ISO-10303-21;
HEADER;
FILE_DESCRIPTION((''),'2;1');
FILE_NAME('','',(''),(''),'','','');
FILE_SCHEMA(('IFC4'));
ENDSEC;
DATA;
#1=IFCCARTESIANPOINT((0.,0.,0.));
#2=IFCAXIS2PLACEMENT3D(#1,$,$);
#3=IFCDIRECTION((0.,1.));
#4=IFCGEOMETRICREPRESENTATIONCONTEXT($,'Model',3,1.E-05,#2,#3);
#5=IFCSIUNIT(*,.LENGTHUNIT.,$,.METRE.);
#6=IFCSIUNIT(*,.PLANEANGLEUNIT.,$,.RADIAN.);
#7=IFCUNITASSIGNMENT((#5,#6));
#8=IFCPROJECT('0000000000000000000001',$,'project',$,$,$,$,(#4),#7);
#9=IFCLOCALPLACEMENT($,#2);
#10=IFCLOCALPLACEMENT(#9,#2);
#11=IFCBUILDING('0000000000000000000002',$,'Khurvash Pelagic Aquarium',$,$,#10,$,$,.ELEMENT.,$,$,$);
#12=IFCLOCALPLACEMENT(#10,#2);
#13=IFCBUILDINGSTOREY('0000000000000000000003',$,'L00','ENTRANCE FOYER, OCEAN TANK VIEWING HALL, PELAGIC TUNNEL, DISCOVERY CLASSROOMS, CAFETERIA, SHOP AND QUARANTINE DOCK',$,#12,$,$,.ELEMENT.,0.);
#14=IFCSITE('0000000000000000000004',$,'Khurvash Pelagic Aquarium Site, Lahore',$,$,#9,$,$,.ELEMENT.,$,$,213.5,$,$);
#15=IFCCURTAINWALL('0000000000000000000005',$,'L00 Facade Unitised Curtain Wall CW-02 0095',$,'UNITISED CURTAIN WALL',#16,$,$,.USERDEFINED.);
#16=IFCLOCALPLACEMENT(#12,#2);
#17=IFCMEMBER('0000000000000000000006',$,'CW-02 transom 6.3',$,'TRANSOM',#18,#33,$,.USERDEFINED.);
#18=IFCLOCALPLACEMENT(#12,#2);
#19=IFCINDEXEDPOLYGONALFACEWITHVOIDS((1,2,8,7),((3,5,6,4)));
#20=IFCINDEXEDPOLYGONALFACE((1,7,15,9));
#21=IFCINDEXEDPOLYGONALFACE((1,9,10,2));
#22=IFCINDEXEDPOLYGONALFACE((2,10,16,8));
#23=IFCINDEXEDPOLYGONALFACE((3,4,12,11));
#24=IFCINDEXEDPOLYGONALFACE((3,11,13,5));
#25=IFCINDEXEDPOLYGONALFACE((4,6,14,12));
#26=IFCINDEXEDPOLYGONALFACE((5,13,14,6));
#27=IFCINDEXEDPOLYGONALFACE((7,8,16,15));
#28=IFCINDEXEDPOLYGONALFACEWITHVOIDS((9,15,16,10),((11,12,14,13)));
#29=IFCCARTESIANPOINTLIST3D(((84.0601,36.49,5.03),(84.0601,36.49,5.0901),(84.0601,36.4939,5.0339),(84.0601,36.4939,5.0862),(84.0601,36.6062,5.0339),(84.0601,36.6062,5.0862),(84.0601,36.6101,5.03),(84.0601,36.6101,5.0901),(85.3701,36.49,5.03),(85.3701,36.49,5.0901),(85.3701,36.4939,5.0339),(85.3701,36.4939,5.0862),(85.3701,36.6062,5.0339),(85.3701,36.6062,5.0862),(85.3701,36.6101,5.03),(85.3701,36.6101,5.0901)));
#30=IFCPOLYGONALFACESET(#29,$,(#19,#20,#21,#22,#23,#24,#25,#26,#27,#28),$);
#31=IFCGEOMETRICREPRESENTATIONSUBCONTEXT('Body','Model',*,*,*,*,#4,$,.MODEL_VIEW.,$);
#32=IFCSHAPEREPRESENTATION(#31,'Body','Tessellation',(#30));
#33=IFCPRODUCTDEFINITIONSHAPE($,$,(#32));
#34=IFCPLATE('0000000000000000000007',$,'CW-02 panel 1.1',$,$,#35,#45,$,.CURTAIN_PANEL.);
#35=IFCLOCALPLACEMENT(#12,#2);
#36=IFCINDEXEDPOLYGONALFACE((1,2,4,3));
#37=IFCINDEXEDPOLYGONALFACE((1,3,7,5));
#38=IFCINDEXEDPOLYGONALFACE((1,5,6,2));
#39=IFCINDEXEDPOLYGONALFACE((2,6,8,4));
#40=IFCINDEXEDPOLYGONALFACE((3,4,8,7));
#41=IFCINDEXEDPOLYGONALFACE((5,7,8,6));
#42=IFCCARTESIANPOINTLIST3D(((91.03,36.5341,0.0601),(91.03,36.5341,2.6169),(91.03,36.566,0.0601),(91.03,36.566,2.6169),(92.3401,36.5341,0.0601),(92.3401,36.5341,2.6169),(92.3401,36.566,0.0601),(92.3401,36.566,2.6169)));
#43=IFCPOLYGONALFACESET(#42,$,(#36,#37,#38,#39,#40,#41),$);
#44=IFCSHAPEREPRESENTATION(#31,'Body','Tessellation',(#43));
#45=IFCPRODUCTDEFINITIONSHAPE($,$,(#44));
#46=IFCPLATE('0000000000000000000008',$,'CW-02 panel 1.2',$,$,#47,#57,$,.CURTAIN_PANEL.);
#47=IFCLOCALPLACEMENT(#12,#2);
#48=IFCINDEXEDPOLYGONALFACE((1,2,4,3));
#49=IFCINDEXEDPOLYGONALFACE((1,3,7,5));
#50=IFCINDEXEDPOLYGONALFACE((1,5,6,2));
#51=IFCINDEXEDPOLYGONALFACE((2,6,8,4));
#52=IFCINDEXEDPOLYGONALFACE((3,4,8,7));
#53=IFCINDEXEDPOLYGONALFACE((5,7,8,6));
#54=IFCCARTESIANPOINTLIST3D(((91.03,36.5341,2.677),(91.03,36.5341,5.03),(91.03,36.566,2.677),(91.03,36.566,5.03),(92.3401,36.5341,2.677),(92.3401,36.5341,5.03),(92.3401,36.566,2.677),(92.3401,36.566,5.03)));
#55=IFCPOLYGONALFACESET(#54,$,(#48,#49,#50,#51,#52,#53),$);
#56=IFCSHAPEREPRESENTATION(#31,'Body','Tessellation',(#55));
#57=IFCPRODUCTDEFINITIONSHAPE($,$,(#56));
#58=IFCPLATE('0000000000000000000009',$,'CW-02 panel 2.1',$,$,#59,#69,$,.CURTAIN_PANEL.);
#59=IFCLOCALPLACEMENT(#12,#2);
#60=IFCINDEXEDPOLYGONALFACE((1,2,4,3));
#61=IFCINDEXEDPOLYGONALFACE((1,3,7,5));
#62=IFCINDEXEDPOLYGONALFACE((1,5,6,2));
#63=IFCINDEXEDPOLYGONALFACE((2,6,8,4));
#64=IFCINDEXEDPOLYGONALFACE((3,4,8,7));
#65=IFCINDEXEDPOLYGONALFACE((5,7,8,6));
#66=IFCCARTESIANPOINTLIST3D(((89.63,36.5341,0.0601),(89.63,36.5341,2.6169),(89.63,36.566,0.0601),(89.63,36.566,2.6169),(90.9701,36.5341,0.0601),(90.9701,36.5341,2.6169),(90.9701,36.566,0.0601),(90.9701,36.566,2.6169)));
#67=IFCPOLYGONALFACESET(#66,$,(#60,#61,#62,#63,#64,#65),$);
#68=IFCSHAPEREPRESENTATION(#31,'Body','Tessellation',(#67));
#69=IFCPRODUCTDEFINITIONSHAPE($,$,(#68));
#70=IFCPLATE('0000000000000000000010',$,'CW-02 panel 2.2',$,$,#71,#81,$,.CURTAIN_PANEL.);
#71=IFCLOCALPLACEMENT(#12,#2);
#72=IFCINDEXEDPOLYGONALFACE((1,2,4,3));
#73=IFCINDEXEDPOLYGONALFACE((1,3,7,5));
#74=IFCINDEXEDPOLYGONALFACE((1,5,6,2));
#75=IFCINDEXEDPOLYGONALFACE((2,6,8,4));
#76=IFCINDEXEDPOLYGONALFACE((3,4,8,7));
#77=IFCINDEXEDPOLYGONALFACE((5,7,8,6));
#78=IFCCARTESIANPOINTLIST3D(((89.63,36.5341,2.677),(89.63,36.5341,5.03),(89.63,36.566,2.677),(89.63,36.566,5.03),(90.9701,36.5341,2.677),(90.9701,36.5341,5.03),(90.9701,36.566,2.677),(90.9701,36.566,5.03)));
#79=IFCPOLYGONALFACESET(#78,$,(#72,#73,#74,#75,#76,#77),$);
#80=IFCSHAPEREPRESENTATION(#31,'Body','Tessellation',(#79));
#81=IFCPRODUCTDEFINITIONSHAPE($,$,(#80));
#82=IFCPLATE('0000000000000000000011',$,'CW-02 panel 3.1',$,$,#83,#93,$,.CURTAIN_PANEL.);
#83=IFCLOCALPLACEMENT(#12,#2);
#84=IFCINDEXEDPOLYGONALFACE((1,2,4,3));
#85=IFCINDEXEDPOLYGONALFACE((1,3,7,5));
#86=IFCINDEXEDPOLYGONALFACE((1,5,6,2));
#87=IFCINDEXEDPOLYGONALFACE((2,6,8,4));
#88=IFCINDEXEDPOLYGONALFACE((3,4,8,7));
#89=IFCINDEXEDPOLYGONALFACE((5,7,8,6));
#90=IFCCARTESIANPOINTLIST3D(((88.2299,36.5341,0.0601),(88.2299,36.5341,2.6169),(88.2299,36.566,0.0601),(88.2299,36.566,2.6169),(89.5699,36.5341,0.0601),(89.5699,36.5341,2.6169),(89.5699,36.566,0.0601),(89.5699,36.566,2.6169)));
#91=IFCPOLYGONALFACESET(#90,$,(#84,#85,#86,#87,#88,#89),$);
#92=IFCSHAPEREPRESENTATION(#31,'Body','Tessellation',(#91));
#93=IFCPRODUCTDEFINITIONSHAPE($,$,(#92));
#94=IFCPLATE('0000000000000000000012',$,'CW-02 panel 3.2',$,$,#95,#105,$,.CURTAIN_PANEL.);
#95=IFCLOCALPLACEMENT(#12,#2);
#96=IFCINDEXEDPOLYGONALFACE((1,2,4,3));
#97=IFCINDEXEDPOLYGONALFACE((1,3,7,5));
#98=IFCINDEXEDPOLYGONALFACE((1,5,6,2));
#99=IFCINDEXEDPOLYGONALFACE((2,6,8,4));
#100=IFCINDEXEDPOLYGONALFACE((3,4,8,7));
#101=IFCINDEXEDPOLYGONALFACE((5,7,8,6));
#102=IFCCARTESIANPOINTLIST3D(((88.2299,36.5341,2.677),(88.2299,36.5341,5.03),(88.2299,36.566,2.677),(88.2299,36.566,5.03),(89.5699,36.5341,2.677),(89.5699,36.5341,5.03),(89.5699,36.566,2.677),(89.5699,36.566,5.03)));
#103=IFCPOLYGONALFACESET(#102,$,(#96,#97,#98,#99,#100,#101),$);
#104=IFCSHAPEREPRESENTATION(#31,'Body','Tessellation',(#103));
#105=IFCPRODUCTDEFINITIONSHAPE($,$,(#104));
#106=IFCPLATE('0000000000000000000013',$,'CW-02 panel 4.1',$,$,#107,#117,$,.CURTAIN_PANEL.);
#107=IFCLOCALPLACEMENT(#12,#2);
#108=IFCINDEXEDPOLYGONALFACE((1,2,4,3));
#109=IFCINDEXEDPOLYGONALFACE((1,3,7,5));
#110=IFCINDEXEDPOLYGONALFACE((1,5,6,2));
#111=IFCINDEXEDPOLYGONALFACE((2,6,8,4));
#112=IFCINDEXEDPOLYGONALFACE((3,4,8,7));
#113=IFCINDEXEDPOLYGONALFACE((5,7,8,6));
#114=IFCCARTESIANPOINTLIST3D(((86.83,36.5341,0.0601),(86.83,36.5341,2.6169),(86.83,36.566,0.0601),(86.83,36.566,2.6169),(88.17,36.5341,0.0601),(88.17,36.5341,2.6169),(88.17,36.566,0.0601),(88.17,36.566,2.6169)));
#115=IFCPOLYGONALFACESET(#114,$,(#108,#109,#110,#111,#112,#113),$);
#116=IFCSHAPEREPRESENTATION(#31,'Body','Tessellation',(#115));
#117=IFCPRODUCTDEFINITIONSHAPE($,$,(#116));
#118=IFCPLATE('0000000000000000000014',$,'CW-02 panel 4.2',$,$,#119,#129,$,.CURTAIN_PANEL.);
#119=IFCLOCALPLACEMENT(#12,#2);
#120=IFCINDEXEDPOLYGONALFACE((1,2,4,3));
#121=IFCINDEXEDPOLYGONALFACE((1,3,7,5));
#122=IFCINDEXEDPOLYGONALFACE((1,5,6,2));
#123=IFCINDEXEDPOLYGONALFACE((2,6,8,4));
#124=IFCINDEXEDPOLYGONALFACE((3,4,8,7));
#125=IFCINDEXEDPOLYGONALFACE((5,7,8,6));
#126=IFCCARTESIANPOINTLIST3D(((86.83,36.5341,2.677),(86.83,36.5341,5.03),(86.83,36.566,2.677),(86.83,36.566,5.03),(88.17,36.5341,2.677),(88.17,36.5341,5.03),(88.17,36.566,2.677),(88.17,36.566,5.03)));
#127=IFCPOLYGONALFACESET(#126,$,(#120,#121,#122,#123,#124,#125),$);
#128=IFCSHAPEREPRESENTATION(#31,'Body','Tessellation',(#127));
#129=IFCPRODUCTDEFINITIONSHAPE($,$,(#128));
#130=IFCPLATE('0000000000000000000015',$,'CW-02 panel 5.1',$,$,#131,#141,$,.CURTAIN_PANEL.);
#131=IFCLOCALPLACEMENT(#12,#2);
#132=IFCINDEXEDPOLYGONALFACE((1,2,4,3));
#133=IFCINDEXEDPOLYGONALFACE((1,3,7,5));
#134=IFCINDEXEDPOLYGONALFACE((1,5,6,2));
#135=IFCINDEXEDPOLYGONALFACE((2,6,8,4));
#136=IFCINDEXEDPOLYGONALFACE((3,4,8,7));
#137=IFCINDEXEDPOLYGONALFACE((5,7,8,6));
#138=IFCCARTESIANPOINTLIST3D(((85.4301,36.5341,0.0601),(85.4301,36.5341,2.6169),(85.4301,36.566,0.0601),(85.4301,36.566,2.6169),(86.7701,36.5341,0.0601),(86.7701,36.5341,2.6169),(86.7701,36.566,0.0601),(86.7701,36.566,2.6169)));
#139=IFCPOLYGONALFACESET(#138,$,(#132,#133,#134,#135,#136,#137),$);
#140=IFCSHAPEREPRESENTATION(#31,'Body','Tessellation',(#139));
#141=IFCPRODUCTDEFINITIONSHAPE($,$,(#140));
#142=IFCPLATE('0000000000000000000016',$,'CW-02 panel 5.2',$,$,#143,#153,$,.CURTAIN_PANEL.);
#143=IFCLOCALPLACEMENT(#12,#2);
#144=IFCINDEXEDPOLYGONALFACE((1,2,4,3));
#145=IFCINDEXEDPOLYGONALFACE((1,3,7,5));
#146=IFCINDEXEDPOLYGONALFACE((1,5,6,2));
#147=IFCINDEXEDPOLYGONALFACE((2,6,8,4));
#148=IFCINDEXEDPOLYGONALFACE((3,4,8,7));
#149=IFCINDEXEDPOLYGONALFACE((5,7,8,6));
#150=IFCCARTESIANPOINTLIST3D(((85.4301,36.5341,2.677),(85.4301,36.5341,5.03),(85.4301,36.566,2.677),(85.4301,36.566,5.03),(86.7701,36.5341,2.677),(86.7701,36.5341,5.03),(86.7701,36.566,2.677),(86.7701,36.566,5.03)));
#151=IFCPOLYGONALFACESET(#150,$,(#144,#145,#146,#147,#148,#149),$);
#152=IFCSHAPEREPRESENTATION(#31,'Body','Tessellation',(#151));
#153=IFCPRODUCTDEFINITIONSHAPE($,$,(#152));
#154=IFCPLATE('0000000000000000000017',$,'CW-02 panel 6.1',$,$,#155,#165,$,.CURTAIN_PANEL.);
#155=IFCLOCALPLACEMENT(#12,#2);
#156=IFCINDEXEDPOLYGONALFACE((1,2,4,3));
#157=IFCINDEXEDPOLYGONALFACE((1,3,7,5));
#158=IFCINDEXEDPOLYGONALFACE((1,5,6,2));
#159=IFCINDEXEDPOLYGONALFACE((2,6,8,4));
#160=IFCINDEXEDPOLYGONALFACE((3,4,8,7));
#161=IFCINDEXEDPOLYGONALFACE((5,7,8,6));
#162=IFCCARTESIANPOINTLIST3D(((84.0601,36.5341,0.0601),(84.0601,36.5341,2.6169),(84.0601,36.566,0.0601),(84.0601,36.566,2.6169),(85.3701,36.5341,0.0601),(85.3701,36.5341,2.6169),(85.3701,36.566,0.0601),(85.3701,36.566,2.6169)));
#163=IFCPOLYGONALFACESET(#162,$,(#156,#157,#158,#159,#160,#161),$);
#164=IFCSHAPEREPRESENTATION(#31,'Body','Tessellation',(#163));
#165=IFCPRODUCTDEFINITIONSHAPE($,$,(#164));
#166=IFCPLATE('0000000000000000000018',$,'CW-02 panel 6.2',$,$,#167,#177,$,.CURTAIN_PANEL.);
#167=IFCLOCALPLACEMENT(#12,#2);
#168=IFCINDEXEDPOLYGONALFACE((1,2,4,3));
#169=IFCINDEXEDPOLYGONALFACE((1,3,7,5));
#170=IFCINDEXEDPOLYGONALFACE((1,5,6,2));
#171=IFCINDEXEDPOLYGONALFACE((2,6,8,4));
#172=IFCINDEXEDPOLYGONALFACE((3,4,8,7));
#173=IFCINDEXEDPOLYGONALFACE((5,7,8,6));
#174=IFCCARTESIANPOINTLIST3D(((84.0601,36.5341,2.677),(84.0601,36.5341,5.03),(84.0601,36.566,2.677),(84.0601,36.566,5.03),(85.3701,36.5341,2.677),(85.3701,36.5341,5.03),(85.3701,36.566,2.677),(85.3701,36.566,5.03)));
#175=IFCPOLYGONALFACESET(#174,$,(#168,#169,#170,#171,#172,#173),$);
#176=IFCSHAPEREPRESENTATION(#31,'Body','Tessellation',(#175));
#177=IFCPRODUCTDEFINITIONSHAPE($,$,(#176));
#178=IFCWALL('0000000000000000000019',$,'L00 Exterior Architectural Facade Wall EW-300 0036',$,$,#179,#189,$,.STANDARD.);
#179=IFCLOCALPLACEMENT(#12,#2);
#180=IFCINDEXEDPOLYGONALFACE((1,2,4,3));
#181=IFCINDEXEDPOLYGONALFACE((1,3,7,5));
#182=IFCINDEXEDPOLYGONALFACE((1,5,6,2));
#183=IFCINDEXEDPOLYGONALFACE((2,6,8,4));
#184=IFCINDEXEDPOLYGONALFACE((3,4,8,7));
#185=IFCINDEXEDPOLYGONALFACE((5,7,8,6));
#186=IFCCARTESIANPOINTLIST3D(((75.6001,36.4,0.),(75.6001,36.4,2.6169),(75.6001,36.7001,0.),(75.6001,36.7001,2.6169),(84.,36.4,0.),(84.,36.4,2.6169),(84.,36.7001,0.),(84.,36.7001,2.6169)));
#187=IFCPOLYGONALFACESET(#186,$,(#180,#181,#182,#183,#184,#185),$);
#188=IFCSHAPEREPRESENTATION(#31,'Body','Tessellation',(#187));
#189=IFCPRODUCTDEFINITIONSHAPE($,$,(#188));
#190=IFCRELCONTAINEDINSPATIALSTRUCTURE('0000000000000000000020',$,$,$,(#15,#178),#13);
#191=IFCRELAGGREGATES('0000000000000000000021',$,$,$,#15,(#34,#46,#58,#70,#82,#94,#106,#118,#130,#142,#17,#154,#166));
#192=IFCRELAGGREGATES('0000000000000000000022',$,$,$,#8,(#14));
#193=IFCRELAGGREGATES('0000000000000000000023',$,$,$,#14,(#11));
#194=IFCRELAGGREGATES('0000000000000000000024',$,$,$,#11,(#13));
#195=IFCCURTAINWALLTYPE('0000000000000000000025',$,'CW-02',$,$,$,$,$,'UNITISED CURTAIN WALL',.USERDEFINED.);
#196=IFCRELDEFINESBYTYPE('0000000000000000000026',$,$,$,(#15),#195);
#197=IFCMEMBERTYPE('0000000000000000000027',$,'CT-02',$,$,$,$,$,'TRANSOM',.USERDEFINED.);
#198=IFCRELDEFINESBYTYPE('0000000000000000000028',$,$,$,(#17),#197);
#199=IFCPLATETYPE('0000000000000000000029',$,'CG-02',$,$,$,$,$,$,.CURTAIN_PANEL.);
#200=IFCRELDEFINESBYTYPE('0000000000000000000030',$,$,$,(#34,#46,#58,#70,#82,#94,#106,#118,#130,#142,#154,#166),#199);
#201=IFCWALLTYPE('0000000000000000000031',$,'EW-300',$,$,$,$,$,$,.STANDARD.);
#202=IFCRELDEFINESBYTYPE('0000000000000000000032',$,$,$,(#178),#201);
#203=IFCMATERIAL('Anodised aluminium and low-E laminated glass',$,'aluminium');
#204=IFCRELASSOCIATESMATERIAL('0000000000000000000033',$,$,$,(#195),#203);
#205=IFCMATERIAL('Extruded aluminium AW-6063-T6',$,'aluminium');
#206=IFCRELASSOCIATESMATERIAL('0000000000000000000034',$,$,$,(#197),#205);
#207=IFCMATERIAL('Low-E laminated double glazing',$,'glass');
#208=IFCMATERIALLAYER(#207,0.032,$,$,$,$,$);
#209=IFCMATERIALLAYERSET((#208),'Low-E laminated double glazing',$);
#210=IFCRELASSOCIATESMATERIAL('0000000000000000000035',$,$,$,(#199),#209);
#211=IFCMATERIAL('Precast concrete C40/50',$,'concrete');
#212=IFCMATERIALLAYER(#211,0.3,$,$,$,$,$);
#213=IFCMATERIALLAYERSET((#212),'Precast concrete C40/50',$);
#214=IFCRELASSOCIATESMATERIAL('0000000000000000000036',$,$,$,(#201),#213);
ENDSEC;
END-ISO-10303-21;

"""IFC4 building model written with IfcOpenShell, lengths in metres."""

from ifc_helpers import new_model, si_unit, direction, frame, frame_2d, origin, origin_2d, place, context, subcontext, project, spatial, rectangle, hollow_rectangle, extrude, material, layer, layer_set, material_profile, profile_set, type_object, element, aggregate, save


model = new_model("IFC4")

# Units and contexts
model_context = context("Model", 3, precision=1e-05, world=origin(), true_north=direction((0.0, 1.0)))
body_context = subcontext(model_context, "Body", "Model", "MODEL_VIEW")
ifc_project = project(units=[si_unit("LENGTHUNIT", "METRE"), si_unit("PLANEANGLEUNIT", "RADIAN")], contexts=[model_context])

# Site, building, storey
site_placement = place(None, origin())
site = spatial("IfcSite", under=ifc_project, at=site_placement, Name="Khurvash Pelagic Aquarium Site, Lahore", CompositionType="ELEMENT", RefElevation=213.5)
building_placement = place(site_placement, origin())
building = spatial("IfcBuilding", under=site, at=building_placement, Name="Khurvash Pelagic Aquarium", CompositionType="ELEMENT")
storey_placement = place(building_placement, origin())
storey = spatial("IfcBuildingStorey", under=building, at=storey_placement, Name="L00", Description="ENTRANCE FOYER, OCEAN TANK VIEWING HALL, PELAGIC TUNNEL, DISCOVERY CLASSROOMS, CAFETERIA, SHOP AND QUARANTINE DOCK", CompositionType="ELEMENT", Elevation=0.0)

# Curtain wall, member, plates
ifc_material_1 = material(Name="Anodised aluminium and low-E laminated glass", Category="aluminium")
curtain_wall_type = type_object("IfcCurtainWallType", Name="CW-02", ElementType="UNITISED CURTAIN WALL", PredefinedType="USERDEFINED", material=ifc_material_1)
curtain_wall_placement = place(storey_placement, origin())
curtain_wall = element("IfcCurtainWall", 1, at=curtain_wall_placement, inside=storey, type_object=curtain_wall_type, Name="L00 Facade Unitised Curtain Wall CW-02 0095", ObjectType="UNITISED CURTAIN WALL", PredefinedType="USERDEFINED")
ifc_material_2 = material(Name="Extruded aluminium AW-6063-T6", Category="aluminium")
ifc_material_profile_1 = material_profile(ifc_material_2, hollow_rectangle(XDim=0.1201, YDim=0.0601, WallThickness=0.0039, at=origin_2d()), Name="CWT120X60X4")
ifc_profile_set_1 = profile_set([ifc_material_profile_1], Name="Extruded aluminium AW-6063-T6")
member_type_1 = type_object("IfcMemberType", Name="CT-02", ElementType="TRANSOM", PredefinedType="USERDEFINED", material=ifc_profile_set_1)
member_1_placement = place(storey_placement, frame((85.3701, 36.55, 5.0601), z_axis=(-1.0, 0.0, 0.0), x_axis=(0.0, -1.0, 0.0)))
member_1 = element("IfcMember", 2, at=member_1_placement, type_object=member_type_1, Name="CW-02 transom 6.3", ObjectType="TRANSOM", PredefinedType="USERDEFINED", context=body_context, shape_type="SweptSolid", body=[
    extrude(hollow_rectangle(XDim=0.1201, YDim=0.0601, WallThickness=0.0039, at=origin_2d()), origin(), (0.0, 0.0, 1.0), 1.3101),
])
ifc_material_3 = material(Name="Low-E laminated double glazing", Category="glass")
ifc_layer_1 = layer(ifc_material_3, 0.032)
ifc_layer_set_1 = layer_set([ifc_layer_1], Name="Low-E laminated double glazing")
plate_type = type_object("IfcPlateType", Name="CG-02", PredefinedType="CURTAIN_PANEL", material=ifc_layer_set_1)
plate_1_placement = place(storey_placement, frame((91.6851, 36.55, 0.0601), z_axis=(0.0, 0.0, 1.0), x_axis=(-1.0, 0.0, 0.0)))
plate_1 = element("IfcPlate", 3, at=plate_1_placement, type_object=plate_type, Name="CW-02 panel 1.1", PredefinedType="CURTAIN_PANEL", context=body_context, shape_type="SweptSolid", body=[
    extrude(rectangle(XDim=1.3101, YDim=0.032, at=origin_2d()), origin(), (0.0, 0.0, 1.0), 2.5569),
])
plate_2_placement = place(storey_placement, frame((91.6851, 36.55, 2.677), z_axis=(0.0, 0.0, 1.0), x_axis=(-1.0, 0.0, 0.0)))
plate_2 = element("IfcPlate", 4, at=plate_2_placement, type_object=plate_type, Name="CW-02 panel 1.2", PredefinedType="CURTAIN_PANEL", context=body_context, shape_type="SweptSolid", body=[
    extrude(rectangle(XDim=1.3101, YDim=0.032, at=origin_2d()), origin(), (0.0, 0.0, 1.0), 2.353),
])
plate_3_placement = place(storey_placement, frame((90.3, 36.55, 0.0601), z_axis=(0.0, 0.0, 1.0), x_axis=(-1.0, 0.0, 0.0)))
plate_3 = element("IfcPlate", 5, at=plate_3_placement, type_object=plate_type, Name="CW-02 panel 2.1", PredefinedType="CURTAIN_PANEL", context=body_context, shape_type="SweptSolid", body=[
    extrude(rectangle(XDim=1.3401, YDim=0.032, at=origin_2d()), origin(), (0.0, 0.0, 1.0), 2.5569),
])
plate_4_placement = place(storey_placement, frame((90.3, 36.55, 2.677), z_axis=(0.0, 0.0, 1.0), x_axis=(-1.0, 0.0, 0.0)))
plate_4 = element("IfcPlate", 6, at=plate_4_placement, type_object=plate_type, Name="CW-02 panel 2.2", PredefinedType="CURTAIN_PANEL", context=body_context, shape_type="SweptSolid", body=[
    extrude(rectangle(XDim=1.3401, YDim=0.032, at=origin_2d()), origin(), (0.0, 0.0, 1.0), 2.353),
])
plate_5_placement = place(storey_placement, frame((88.8999, 36.55, 0.0601), z_axis=(0.0, 0.0, 1.0), x_axis=(-1.0, 0.0, 0.0)))
plate_5 = element("IfcPlate", 7, at=plate_5_placement, type_object=plate_type, Name="CW-02 panel 3.1", PredefinedType="CURTAIN_PANEL", context=body_context, shape_type="SweptSolid", body=[
    extrude(rectangle(XDim=1.3401, YDim=0.032, at=origin_2d()), origin(), (0.0, 0.0, 1.0), 2.5569),
])
plate_6_placement = place(storey_placement, frame((88.8999, 36.55, 2.677), z_axis=(0.0, 0.0, 1.0), x_axis=(-1.0, 0.0, 0.0)))
plate_6 = element("IfcPlate", 8, at=plate_6_placement, type_object=plate_type, Name="CW-02 panel 3.2", PredefinedType="CURTAIN_PANEL", context=body_context, shape_type="SweptSolid", body=[
    extrude(rectangle(XDim=1.3401, YDim=0.032, at=origin_2d()), origin(), (0.0, 0.0, 1.0), 2.353),
])
plate_7_placement = place(storey_placement, frame((87.5, 36.55, 0.0601), z_axis=(0.0, 0.0, 1.0), x_axis=(-1.0, 0.0, 0.0)))
plate_7 = element("IfcPlate", 9, at=plate_7_placement, type_object=plate_type, Name="CW-02 panel 4.1", PredefinedType="CURTAIN_PANEL", context=body_context, shape_type="SweptSolid", body=[
    extrude(rectangle(XDim=1.3401, YDim=0.032, at=origin_2d()), origin(), (0.0, 0.0, 1.0), 2.5569),
])
plate_8_placement = place(storey_placement, frame((87.5, 36.55, 2.677), z_axis=(0.0, 0.0, 1.0), x_axis=(-1.0, 0.0, 0.0)))
plate_8 = element("IfcPlate", 10, at=plate_8_placement, type_object=plate_type, Name="CW-02 panel 4.2", PredefinedType="CURTAIN_PANEL", context=body_context, shape_type="SweptSolid", body=[
    extrude(rectangle(XDim=1.3401, YDim=0.032, at=origin_2d()), origin(), (0.0, 0.0, 1.0), 2.353),
])
plate_9_placement = place(storey_placement, frame((86.1001, 36.55, 0.0601), z_axis=(0.0, 0.0, 1.0), x_axis=(-1.0, 0.0, 0.0)))
plate_9 = element("IfcPlate", 11, at=plate_9_placement, type_object=plate_type, Name="CW-02 panel 5.1", PredefinedType="CURTAIN_PANEL", context=body_context, shape_type="SweptSolid", body=[
    extrude(rectangle(XDim=1.3401, YDim=0.032, at=origin_2d()), origin(), (0.0, 0.0, 1.0), 2.5569),
])
plate_10_placement = place(storey_placement, frame((86.1001, 36.55, 2.677), z_axis=(0.0, 0.0, 1.0), x_axis=(-1.0, 0.0, 0.0)))
plate_10 = element("IfcPlate", 12, at=plate_10_placement, type_object=plate_type, Name="CW-02 panel 5.2", PredefinedType="CURTAIN_PANEL", context=body_context, shape_type="SweptSolid", body=[
    extrude(rectangle(XDim=1.3401, YDim=0.032, at=origin_2d()), origin(), (0.0, 0.0, 1.0), 2.353),
])
plate_11_placement = place(storey_placement, frame((84.7151, 36.55, 0.0601), z_axis=(0.0, 0.0, 1.0), x_axis=(-1.0, 0.0, 0.0)))
plate_11 = element("IfcPlate", 13, at=plate_11_placement, type_object=plate_type, Name="CW-02 panel 6.1", PredefinedType="CURTAIN_PANEL", context=body_context, shape_type="SweptSolid", body=[
    extrude(rectangle(XDim=1.3101, YDim=0.032, at=origin_2d()), origin(), (0.0, 0.0, 1.0), 2.5569),
])
plate_12_placement = place(storey_placement, frame((84.7151, 36.55, 2.677), z_axis=(0.0, 0.0, 1.0), x_axis=(-1.0, 0.0, 0.0)))
plate_12 = element("IfcPlate", 14, at=plate_12_placement, type_object=plate_type, Name="CW-02 panel 6.2", PredefinedType="CURTAIN_PANEL", context=body_context, shape_type="SweptSolid", body=[
    extrude(rectangle(XDim=1.3101, YDim=0.032, at=origin_2d()), origin(), (0.0, 0.0, 1.0), 2.353),
])
aggregate(curtain_wall, [plate_1, plate_2, plate_3, plate_4, plate_5, plate_6, plate_7, plate_8, plate_9, plate_10, member_1, plate_11, plate_12])

# Wall
ifc_material_4 = material(Name="Precast concrete C40/50", Category="concrete")
ifc_layer_2 = layer(ifc_material_4, 0.3)
ifc_layer_set_2 = layer_set([ifc_layer_2], Name="Precast concrete C40/50")
wall_type_1 = type_object("IfcWallType", Name="EW-300", PredefinedType="STANDARD", material=ifc_layer_set_2)
wall_1_placement = place(storey_placement, frame((84.0, 36.55, 0.0), z_axis=(0.0, 0.0, 1.0), x_axis=(-1.0, 0.0, 0.0)))
element("IfcWall", 15, at=wall_1_placement, inside=storey, type_object=wall_type_1, Name="L00 Exterior Architectural Facade Wall EW-300 0036", PredefinedType="STANDARD", context=body_context, shape_type="SweptSolid", body=[
    extrude(rectangle(XDim=8.3999, YDim=0.3, at=frame_2d((4.2, 0.0))), origin(), (0.0, 0.0, 1.0), 2.6169),
])

save(model, "model.ifc")
